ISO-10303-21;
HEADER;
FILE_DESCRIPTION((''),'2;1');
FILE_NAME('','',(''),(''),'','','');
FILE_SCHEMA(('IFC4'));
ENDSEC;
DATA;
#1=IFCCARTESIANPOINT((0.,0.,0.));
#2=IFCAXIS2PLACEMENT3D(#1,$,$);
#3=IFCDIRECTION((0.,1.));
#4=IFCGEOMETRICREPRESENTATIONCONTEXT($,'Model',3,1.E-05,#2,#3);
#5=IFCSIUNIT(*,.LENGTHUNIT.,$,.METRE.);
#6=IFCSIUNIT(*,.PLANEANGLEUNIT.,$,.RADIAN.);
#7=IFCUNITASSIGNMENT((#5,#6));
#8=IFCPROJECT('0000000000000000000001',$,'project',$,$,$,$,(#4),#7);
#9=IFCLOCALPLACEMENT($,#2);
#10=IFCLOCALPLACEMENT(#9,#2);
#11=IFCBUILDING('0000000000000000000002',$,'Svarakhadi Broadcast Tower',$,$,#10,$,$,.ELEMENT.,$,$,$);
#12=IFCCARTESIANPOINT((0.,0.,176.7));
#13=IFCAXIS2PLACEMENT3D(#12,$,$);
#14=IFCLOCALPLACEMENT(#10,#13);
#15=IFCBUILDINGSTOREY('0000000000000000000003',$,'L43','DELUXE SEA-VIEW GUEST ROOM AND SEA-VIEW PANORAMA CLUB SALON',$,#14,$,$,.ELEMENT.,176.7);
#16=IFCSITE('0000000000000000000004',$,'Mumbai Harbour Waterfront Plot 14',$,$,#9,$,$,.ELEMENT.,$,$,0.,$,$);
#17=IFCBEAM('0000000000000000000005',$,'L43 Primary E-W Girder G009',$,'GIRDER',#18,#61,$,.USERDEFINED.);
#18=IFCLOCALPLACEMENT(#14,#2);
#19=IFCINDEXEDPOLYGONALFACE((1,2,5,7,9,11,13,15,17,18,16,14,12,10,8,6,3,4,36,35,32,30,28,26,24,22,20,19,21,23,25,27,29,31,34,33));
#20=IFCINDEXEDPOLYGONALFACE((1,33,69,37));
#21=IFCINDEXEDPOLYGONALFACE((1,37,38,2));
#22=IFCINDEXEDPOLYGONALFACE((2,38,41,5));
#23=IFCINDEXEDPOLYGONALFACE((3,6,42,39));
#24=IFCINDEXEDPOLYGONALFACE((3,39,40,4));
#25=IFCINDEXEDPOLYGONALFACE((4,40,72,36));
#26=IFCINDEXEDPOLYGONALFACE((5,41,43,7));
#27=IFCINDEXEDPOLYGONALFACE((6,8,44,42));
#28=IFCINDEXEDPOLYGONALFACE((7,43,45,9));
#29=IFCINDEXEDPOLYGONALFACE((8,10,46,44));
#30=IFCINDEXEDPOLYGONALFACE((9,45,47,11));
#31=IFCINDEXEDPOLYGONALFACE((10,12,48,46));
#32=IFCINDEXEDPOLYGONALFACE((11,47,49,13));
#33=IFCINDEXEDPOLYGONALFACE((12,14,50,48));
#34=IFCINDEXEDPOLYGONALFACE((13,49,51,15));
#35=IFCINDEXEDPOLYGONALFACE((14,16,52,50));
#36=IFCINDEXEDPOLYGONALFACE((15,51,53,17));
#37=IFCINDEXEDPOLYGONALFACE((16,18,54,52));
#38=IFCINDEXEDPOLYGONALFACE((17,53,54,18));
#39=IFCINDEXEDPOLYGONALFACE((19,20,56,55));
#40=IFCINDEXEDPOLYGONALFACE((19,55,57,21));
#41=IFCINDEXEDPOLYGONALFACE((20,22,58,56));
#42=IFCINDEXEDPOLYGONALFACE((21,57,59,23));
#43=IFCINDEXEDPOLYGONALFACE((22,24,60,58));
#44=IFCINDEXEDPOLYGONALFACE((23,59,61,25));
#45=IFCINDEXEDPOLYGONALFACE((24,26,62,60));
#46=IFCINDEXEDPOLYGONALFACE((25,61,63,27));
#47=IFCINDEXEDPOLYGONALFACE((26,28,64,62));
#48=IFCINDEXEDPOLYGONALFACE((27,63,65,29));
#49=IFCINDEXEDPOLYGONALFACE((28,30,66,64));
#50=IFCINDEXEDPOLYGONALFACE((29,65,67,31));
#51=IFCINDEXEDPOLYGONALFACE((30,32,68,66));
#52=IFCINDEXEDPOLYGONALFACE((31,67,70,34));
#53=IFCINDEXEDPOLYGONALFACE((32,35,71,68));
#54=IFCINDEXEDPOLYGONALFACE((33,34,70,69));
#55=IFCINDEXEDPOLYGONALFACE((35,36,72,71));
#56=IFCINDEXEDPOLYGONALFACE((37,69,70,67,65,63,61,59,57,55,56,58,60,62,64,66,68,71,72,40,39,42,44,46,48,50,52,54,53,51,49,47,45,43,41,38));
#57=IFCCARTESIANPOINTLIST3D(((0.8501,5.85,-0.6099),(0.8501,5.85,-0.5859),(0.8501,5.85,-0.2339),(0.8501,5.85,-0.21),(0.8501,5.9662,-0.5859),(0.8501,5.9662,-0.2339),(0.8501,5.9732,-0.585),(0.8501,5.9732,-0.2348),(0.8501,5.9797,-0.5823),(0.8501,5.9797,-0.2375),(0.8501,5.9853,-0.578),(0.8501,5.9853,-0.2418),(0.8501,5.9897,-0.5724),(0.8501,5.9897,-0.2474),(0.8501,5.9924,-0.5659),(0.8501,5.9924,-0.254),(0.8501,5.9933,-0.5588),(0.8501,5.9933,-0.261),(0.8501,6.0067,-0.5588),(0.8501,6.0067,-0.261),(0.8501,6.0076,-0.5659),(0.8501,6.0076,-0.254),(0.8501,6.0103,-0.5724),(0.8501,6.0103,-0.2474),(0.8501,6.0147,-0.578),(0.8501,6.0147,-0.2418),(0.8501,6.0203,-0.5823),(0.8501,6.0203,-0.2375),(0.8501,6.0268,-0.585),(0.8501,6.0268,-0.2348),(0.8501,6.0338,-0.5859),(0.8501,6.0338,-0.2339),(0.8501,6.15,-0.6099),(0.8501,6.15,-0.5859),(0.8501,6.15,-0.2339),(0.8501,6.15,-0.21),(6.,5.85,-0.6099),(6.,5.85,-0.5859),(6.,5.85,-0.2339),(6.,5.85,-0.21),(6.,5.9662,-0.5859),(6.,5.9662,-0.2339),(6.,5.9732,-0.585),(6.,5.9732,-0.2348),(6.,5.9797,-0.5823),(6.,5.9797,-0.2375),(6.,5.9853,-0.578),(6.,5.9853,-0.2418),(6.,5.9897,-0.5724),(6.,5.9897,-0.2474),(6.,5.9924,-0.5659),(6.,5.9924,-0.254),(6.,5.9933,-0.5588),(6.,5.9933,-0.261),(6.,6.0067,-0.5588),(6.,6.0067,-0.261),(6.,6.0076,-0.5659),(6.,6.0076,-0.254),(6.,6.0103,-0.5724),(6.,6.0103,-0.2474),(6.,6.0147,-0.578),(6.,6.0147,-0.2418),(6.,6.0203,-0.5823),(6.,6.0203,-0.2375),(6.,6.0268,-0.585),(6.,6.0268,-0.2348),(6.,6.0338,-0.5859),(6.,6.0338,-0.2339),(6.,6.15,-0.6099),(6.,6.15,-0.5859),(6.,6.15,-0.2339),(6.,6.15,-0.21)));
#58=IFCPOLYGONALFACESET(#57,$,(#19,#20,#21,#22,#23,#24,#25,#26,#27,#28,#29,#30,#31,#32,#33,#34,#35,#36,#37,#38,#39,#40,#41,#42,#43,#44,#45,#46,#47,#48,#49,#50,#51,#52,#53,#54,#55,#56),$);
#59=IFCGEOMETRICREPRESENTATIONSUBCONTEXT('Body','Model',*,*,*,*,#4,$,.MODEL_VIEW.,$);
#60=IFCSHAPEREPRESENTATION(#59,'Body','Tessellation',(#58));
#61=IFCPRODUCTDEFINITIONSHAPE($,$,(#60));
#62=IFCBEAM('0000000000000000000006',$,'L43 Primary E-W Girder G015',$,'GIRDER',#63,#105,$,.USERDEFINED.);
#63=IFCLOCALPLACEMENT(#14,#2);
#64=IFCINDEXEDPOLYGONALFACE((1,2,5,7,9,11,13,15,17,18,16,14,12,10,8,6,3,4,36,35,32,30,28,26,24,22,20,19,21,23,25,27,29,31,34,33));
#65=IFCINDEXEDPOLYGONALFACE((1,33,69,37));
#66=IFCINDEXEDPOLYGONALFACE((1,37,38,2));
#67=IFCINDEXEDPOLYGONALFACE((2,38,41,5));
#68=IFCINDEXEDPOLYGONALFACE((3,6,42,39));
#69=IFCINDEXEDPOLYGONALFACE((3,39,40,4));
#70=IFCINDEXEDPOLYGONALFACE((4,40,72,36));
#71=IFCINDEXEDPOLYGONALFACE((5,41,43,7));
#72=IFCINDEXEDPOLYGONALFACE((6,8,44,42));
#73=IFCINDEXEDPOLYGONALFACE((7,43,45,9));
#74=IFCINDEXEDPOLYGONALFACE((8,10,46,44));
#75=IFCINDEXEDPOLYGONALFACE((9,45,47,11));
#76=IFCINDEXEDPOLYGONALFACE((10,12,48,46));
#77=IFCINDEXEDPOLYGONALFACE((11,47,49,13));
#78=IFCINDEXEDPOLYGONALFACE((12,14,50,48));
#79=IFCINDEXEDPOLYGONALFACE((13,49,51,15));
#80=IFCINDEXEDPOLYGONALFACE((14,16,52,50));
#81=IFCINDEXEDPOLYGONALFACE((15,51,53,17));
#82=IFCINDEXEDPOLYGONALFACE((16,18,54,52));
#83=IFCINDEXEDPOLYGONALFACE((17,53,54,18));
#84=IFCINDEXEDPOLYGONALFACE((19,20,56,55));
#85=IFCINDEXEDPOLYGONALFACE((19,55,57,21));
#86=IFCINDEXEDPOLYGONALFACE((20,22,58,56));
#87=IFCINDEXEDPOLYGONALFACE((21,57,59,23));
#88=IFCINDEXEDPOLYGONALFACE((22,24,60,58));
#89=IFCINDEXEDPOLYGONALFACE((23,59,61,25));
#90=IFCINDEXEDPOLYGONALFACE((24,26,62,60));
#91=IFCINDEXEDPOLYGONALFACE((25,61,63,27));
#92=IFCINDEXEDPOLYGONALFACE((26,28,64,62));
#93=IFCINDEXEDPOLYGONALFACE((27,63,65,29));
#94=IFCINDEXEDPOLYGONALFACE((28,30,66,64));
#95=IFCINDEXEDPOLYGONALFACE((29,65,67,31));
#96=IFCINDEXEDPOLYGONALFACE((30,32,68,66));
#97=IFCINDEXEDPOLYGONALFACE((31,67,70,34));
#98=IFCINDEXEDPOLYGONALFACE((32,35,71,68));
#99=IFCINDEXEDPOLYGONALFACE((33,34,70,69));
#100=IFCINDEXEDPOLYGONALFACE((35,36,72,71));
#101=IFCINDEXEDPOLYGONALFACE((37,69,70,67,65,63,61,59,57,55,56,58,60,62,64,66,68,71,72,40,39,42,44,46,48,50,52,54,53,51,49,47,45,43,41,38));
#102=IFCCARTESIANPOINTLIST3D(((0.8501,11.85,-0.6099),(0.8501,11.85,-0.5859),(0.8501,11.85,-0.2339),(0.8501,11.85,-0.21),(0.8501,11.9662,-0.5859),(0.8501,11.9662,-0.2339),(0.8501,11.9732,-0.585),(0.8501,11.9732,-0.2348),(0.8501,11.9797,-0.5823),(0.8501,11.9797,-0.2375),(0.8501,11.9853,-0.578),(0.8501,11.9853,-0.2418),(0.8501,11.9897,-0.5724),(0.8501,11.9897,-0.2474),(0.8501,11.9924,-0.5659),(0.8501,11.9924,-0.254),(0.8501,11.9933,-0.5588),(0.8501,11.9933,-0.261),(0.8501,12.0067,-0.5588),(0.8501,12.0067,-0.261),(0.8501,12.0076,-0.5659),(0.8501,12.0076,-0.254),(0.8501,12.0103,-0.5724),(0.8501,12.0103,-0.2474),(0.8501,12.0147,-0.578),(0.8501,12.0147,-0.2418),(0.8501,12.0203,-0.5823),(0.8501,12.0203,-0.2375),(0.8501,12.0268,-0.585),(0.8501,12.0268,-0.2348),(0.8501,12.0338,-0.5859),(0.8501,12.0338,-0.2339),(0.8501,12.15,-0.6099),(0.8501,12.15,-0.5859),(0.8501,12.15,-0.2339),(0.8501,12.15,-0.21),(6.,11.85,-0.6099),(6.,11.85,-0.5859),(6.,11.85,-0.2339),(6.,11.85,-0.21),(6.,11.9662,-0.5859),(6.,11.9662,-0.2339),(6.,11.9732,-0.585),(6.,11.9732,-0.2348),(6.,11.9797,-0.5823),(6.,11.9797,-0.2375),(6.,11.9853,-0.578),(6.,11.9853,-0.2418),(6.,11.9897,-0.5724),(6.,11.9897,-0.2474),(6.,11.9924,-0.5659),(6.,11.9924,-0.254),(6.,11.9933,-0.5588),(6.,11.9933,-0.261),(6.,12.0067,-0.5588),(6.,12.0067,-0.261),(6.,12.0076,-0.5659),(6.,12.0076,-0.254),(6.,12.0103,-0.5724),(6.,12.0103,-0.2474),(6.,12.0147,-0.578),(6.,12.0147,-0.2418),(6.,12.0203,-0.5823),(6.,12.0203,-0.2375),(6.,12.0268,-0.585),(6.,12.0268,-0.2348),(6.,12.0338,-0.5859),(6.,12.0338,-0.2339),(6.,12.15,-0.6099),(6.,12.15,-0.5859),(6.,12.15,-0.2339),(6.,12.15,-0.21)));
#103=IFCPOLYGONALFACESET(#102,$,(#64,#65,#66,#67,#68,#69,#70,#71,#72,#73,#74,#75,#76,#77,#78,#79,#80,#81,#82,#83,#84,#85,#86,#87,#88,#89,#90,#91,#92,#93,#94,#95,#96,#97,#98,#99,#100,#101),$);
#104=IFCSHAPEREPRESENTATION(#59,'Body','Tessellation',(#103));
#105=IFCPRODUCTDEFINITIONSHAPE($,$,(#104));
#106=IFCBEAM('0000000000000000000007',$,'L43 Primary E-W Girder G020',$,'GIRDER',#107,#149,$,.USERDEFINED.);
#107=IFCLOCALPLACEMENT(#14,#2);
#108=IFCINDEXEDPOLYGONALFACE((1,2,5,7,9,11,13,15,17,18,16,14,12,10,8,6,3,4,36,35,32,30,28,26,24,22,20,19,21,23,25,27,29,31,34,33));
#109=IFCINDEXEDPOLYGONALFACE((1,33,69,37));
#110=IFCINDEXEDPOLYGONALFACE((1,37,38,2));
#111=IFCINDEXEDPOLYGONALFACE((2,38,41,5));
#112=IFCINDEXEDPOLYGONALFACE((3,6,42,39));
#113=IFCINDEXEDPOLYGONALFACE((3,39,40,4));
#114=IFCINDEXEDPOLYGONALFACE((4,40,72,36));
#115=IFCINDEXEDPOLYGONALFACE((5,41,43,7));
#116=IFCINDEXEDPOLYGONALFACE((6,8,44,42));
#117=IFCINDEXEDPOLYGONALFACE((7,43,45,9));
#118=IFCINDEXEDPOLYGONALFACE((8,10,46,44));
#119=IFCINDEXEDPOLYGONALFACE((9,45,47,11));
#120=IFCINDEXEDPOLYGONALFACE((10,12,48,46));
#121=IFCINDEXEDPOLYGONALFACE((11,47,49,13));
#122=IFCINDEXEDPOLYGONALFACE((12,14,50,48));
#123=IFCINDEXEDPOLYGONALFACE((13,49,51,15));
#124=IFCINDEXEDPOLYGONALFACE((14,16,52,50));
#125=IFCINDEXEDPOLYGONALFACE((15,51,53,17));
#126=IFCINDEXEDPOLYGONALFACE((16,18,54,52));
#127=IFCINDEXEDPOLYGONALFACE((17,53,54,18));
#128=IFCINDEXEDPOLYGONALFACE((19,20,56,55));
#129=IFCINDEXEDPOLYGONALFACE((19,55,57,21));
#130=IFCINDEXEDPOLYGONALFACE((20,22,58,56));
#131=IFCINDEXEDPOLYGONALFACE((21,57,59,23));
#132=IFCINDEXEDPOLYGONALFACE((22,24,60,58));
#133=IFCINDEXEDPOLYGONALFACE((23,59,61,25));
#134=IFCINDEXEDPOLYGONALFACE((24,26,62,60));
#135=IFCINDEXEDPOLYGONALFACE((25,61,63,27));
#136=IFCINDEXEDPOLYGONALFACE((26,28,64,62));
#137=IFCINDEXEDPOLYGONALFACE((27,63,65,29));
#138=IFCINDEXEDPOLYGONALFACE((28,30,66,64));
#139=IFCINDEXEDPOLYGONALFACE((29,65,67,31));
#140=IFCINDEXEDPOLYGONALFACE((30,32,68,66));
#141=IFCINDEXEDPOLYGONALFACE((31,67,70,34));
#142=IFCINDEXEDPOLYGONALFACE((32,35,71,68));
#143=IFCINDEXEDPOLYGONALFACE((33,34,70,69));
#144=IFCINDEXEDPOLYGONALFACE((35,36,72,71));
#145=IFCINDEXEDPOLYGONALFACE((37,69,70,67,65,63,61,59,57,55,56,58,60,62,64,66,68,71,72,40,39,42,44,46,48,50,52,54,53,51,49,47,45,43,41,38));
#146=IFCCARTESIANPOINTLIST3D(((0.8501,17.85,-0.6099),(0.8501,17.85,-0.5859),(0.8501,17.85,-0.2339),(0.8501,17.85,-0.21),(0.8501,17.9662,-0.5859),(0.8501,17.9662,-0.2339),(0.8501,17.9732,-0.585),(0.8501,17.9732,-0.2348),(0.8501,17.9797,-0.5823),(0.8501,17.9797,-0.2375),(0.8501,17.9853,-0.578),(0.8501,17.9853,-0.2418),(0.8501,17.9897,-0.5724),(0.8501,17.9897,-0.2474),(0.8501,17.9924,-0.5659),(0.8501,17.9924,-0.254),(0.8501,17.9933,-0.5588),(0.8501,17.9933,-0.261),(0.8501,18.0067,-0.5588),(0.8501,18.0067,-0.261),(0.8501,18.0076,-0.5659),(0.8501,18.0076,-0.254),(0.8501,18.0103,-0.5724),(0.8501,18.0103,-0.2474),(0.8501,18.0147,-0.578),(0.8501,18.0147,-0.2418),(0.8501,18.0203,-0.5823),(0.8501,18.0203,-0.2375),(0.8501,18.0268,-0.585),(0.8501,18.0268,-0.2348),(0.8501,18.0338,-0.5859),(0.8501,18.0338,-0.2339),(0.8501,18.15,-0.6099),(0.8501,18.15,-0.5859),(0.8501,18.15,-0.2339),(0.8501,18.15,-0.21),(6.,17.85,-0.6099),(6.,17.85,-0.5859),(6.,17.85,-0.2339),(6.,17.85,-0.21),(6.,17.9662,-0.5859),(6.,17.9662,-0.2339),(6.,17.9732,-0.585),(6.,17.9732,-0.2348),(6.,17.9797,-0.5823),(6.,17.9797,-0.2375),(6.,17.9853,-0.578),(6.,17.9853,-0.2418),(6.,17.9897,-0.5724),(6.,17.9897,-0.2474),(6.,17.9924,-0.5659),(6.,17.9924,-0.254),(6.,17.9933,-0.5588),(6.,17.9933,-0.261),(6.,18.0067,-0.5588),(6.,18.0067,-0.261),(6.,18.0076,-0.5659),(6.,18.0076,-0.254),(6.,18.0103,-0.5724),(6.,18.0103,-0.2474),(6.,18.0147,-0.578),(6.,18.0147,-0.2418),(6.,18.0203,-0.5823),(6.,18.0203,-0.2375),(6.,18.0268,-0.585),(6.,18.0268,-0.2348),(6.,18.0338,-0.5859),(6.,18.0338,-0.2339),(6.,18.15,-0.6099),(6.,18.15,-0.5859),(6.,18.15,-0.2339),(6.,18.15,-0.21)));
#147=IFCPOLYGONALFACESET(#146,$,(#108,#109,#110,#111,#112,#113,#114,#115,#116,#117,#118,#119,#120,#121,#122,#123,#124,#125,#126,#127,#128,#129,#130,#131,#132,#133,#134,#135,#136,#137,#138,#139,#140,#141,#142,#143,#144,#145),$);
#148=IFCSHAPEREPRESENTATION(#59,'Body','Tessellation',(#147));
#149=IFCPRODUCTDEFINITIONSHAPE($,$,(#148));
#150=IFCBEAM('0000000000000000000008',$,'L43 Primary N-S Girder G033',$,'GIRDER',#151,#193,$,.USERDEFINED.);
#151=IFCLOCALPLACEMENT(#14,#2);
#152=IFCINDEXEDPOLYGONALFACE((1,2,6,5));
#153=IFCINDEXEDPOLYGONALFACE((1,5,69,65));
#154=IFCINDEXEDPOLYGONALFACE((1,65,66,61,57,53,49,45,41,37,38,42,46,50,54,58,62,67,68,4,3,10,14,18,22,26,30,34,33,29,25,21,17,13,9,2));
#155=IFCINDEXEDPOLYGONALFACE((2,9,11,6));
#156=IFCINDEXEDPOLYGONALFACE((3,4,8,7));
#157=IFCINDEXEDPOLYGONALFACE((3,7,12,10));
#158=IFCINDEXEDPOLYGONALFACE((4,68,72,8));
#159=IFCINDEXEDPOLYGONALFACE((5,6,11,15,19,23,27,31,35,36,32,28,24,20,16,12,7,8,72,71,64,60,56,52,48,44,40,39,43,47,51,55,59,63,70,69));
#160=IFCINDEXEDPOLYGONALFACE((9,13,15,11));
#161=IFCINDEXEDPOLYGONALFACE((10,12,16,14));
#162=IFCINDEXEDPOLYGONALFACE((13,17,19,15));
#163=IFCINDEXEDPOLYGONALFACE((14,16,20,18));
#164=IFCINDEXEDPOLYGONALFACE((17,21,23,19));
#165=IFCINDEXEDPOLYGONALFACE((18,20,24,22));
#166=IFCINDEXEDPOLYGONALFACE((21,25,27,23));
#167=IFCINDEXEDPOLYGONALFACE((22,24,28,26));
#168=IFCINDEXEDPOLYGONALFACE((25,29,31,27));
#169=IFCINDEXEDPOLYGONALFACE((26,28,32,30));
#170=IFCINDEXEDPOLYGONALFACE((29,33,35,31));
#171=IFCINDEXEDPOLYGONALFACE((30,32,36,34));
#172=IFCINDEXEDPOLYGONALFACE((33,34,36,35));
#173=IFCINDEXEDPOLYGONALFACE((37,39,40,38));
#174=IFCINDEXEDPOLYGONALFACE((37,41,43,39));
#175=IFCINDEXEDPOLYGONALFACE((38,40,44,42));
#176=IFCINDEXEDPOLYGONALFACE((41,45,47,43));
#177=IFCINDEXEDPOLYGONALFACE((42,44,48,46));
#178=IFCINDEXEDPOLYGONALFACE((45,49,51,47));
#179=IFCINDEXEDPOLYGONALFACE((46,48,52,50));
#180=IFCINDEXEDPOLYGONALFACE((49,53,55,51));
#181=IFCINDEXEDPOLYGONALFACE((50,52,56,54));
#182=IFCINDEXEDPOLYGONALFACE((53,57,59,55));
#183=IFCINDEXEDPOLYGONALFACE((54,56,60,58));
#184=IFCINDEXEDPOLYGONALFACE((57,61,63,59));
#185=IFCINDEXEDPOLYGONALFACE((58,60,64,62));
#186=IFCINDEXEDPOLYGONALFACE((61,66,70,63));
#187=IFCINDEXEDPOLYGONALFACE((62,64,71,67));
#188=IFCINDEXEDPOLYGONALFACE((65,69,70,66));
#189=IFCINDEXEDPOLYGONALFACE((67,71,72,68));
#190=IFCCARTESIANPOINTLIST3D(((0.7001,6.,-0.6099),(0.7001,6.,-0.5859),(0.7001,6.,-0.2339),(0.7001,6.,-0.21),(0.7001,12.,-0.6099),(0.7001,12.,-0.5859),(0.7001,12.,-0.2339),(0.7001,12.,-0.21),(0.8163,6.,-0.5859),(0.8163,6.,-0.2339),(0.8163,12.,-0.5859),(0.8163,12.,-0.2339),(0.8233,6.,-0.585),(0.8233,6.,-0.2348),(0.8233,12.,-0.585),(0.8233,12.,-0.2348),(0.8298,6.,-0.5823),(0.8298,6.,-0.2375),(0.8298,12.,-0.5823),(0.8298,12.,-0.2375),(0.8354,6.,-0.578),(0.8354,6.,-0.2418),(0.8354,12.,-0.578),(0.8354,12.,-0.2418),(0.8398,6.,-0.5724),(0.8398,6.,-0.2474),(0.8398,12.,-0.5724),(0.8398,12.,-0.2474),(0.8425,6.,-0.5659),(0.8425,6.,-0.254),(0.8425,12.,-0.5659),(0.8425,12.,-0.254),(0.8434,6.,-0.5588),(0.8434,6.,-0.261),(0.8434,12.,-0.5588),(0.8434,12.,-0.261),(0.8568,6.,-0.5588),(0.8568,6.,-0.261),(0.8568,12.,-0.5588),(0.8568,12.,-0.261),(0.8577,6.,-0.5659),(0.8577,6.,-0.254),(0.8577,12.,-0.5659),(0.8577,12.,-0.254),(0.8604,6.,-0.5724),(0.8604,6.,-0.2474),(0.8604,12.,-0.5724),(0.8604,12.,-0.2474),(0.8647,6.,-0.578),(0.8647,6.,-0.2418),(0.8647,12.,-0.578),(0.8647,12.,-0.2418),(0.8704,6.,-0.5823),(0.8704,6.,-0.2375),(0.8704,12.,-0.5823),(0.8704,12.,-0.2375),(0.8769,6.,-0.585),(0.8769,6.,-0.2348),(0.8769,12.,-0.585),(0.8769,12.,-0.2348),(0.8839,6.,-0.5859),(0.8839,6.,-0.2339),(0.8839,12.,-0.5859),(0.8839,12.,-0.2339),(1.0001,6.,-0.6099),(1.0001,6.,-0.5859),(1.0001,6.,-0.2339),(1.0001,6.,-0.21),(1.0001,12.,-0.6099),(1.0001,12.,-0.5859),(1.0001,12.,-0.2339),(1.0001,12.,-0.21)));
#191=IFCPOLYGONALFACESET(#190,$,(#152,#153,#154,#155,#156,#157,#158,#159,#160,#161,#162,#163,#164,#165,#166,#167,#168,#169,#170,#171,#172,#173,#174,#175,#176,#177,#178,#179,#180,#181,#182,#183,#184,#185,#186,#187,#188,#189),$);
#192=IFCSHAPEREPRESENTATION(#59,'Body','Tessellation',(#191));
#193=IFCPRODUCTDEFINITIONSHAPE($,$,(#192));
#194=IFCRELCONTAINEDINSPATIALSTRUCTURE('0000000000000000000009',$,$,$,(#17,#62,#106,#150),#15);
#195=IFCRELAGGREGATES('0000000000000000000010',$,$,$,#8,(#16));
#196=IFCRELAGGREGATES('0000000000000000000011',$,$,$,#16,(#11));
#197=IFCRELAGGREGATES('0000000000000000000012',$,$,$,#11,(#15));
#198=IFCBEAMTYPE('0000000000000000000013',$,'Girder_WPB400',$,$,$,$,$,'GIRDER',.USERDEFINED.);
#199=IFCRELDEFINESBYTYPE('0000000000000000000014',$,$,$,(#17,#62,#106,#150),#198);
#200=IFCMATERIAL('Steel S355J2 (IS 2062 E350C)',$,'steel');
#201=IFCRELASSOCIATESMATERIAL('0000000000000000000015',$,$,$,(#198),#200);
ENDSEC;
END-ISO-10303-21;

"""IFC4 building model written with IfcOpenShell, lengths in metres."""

from ifc_helpers import new_model, si_unit, direction, frame, origin, origin_2d, place, context, subcontext, project, spatial, i_section, extrude, material, material_profile, profile_set, type_object, element, save


model = new_model("IFC4")

# Units and contexts
model_context = context("Model", 3, precision=1e-05, world=origin(), true_north=direction((0.0, 1.0)))
body_context = subcontext(model_context, "Body", "Model", "MODEL_VIEW")
ifc_project = project(units=[si_unit("LENGTHUNIT", "METRE"), si_unit("PLANEANGLEUNIT", "RADIAN")], contexts=[model_context])

# Site, building, storey
site_placement = place(None, origin())
site = spatial("IfcSite", under=ifc_project, at=site_placement, Name="Mumbai Harbour Waterfront Plot 14", CompositionType="ELEMENT", RefElevation=0.0)
building_placement = place(site_placement, origin())
building = spatial("IfcBuilding", under=site, at=building_placement, Name="Svarakhadi Broadcast Tower", CompositionType="ELEMENT")
storey_placement = place(building_placement, frame((0.0, 0.0, 176.7)))
storey = spatial("IfcBuildingStorey", under=building, at=storey_placement, Name="L43", Description="DELUXE SEA-VIEW GUEST ROOM AND SEA-VIEW PANORAMA CLUB SALON", CompositionType="ELEMENT", Elevation=176.7)

# Shared definitions
ifc_material_1 = material(Name="Steel S355J2 (IS 2062 E350C)", Category="steel")

# Beams
ifc_material_profile_1 = material_profile(ifc_material_1, i_section(OverallWidth=0.3, OverallDepth=0.3999, WebThickness=0.0134, FlangeThickness=0.0239, FilletRadius=0.0271, at=origin_2d()), Name="WPB 400x300x155")
ifc_profile_set_1 = profile_set([ifc_material_profile_1], Name="Steel S355J2 (IS 2062 E350C)")
beam_type_1 = type_object("IfcBeamType", Name="Girder_WPB400", ElementType="GIRDER", PredefinedType="USERDEFINED", material=ifc_profile_set_1)
for number, where, z_axis, x_axis, name in (
    (1, (0.8501, 6.0, -0.4099), (1.0, 0.0, 0.0), (0.0, 1.0, 0.0), "L43 Primary E-W Girder G009"),
    (2, (0.8501, 12.0, -0.4099), (1.0, 0.0, 0.0), (0.0, 1.0, 0.0), "L43 Primary E-W Girder G015"),
    (3, (0.8501, 18.0, -0.4099), (1.0, 0.0, 0.0), (0.0, 1.0, 0.0), "L43 Primary E-W Girder G020"),
):
    element("IfcBeam", number, at=place(storey_placement, frame(where, z_axis=z_axis, x_axis=x_axis)), inside=storey, type_object=beam_type_1, Name=name, ObjectType="GIRDER", PredefinedType="USERDEFINED", context=body_context, shape_type="SweptSolid", body=[
        extrude(i_section(OverallWidth=0.3, OverallDepth=0.3999, WebThickness=0.0134, FlangeThickness=0.0239, FilletRadius=0.0271, at=origin_2d()), origin(), (0.0, 0.0, 1.0), 5.1499),
    ])
for number, where, z_axis, x_axis, name in (
    (4, (0.8501, 6.0, -0.4099), (0.0, 1.0, 0.0), (-1.0, 0.0, 0.0), "L43 Primary N-S Girder G033"),
):
    element("IfcBeam", number, at=place(storey_placement, frame(where, z_axis=z_axis, x_axis=x_axis)), inside=storey, type_object=beam_type_1, Name=name, ObjectType="GIRDER", PredefinedType="USERDEFINED", context=body_context, shape_type="SweptSolid", body=[
        extrude(i_section(OverallWidth=0.3, OverallDepth=0.3999, WebThickness=0.0134, FlangeThickness=0.0239, FilletRadius=0.0271, at=origin_2d()), origin(), (0.0, 0.0, 1.0), 6.0),
    ])

save(model, "model.ifc")
